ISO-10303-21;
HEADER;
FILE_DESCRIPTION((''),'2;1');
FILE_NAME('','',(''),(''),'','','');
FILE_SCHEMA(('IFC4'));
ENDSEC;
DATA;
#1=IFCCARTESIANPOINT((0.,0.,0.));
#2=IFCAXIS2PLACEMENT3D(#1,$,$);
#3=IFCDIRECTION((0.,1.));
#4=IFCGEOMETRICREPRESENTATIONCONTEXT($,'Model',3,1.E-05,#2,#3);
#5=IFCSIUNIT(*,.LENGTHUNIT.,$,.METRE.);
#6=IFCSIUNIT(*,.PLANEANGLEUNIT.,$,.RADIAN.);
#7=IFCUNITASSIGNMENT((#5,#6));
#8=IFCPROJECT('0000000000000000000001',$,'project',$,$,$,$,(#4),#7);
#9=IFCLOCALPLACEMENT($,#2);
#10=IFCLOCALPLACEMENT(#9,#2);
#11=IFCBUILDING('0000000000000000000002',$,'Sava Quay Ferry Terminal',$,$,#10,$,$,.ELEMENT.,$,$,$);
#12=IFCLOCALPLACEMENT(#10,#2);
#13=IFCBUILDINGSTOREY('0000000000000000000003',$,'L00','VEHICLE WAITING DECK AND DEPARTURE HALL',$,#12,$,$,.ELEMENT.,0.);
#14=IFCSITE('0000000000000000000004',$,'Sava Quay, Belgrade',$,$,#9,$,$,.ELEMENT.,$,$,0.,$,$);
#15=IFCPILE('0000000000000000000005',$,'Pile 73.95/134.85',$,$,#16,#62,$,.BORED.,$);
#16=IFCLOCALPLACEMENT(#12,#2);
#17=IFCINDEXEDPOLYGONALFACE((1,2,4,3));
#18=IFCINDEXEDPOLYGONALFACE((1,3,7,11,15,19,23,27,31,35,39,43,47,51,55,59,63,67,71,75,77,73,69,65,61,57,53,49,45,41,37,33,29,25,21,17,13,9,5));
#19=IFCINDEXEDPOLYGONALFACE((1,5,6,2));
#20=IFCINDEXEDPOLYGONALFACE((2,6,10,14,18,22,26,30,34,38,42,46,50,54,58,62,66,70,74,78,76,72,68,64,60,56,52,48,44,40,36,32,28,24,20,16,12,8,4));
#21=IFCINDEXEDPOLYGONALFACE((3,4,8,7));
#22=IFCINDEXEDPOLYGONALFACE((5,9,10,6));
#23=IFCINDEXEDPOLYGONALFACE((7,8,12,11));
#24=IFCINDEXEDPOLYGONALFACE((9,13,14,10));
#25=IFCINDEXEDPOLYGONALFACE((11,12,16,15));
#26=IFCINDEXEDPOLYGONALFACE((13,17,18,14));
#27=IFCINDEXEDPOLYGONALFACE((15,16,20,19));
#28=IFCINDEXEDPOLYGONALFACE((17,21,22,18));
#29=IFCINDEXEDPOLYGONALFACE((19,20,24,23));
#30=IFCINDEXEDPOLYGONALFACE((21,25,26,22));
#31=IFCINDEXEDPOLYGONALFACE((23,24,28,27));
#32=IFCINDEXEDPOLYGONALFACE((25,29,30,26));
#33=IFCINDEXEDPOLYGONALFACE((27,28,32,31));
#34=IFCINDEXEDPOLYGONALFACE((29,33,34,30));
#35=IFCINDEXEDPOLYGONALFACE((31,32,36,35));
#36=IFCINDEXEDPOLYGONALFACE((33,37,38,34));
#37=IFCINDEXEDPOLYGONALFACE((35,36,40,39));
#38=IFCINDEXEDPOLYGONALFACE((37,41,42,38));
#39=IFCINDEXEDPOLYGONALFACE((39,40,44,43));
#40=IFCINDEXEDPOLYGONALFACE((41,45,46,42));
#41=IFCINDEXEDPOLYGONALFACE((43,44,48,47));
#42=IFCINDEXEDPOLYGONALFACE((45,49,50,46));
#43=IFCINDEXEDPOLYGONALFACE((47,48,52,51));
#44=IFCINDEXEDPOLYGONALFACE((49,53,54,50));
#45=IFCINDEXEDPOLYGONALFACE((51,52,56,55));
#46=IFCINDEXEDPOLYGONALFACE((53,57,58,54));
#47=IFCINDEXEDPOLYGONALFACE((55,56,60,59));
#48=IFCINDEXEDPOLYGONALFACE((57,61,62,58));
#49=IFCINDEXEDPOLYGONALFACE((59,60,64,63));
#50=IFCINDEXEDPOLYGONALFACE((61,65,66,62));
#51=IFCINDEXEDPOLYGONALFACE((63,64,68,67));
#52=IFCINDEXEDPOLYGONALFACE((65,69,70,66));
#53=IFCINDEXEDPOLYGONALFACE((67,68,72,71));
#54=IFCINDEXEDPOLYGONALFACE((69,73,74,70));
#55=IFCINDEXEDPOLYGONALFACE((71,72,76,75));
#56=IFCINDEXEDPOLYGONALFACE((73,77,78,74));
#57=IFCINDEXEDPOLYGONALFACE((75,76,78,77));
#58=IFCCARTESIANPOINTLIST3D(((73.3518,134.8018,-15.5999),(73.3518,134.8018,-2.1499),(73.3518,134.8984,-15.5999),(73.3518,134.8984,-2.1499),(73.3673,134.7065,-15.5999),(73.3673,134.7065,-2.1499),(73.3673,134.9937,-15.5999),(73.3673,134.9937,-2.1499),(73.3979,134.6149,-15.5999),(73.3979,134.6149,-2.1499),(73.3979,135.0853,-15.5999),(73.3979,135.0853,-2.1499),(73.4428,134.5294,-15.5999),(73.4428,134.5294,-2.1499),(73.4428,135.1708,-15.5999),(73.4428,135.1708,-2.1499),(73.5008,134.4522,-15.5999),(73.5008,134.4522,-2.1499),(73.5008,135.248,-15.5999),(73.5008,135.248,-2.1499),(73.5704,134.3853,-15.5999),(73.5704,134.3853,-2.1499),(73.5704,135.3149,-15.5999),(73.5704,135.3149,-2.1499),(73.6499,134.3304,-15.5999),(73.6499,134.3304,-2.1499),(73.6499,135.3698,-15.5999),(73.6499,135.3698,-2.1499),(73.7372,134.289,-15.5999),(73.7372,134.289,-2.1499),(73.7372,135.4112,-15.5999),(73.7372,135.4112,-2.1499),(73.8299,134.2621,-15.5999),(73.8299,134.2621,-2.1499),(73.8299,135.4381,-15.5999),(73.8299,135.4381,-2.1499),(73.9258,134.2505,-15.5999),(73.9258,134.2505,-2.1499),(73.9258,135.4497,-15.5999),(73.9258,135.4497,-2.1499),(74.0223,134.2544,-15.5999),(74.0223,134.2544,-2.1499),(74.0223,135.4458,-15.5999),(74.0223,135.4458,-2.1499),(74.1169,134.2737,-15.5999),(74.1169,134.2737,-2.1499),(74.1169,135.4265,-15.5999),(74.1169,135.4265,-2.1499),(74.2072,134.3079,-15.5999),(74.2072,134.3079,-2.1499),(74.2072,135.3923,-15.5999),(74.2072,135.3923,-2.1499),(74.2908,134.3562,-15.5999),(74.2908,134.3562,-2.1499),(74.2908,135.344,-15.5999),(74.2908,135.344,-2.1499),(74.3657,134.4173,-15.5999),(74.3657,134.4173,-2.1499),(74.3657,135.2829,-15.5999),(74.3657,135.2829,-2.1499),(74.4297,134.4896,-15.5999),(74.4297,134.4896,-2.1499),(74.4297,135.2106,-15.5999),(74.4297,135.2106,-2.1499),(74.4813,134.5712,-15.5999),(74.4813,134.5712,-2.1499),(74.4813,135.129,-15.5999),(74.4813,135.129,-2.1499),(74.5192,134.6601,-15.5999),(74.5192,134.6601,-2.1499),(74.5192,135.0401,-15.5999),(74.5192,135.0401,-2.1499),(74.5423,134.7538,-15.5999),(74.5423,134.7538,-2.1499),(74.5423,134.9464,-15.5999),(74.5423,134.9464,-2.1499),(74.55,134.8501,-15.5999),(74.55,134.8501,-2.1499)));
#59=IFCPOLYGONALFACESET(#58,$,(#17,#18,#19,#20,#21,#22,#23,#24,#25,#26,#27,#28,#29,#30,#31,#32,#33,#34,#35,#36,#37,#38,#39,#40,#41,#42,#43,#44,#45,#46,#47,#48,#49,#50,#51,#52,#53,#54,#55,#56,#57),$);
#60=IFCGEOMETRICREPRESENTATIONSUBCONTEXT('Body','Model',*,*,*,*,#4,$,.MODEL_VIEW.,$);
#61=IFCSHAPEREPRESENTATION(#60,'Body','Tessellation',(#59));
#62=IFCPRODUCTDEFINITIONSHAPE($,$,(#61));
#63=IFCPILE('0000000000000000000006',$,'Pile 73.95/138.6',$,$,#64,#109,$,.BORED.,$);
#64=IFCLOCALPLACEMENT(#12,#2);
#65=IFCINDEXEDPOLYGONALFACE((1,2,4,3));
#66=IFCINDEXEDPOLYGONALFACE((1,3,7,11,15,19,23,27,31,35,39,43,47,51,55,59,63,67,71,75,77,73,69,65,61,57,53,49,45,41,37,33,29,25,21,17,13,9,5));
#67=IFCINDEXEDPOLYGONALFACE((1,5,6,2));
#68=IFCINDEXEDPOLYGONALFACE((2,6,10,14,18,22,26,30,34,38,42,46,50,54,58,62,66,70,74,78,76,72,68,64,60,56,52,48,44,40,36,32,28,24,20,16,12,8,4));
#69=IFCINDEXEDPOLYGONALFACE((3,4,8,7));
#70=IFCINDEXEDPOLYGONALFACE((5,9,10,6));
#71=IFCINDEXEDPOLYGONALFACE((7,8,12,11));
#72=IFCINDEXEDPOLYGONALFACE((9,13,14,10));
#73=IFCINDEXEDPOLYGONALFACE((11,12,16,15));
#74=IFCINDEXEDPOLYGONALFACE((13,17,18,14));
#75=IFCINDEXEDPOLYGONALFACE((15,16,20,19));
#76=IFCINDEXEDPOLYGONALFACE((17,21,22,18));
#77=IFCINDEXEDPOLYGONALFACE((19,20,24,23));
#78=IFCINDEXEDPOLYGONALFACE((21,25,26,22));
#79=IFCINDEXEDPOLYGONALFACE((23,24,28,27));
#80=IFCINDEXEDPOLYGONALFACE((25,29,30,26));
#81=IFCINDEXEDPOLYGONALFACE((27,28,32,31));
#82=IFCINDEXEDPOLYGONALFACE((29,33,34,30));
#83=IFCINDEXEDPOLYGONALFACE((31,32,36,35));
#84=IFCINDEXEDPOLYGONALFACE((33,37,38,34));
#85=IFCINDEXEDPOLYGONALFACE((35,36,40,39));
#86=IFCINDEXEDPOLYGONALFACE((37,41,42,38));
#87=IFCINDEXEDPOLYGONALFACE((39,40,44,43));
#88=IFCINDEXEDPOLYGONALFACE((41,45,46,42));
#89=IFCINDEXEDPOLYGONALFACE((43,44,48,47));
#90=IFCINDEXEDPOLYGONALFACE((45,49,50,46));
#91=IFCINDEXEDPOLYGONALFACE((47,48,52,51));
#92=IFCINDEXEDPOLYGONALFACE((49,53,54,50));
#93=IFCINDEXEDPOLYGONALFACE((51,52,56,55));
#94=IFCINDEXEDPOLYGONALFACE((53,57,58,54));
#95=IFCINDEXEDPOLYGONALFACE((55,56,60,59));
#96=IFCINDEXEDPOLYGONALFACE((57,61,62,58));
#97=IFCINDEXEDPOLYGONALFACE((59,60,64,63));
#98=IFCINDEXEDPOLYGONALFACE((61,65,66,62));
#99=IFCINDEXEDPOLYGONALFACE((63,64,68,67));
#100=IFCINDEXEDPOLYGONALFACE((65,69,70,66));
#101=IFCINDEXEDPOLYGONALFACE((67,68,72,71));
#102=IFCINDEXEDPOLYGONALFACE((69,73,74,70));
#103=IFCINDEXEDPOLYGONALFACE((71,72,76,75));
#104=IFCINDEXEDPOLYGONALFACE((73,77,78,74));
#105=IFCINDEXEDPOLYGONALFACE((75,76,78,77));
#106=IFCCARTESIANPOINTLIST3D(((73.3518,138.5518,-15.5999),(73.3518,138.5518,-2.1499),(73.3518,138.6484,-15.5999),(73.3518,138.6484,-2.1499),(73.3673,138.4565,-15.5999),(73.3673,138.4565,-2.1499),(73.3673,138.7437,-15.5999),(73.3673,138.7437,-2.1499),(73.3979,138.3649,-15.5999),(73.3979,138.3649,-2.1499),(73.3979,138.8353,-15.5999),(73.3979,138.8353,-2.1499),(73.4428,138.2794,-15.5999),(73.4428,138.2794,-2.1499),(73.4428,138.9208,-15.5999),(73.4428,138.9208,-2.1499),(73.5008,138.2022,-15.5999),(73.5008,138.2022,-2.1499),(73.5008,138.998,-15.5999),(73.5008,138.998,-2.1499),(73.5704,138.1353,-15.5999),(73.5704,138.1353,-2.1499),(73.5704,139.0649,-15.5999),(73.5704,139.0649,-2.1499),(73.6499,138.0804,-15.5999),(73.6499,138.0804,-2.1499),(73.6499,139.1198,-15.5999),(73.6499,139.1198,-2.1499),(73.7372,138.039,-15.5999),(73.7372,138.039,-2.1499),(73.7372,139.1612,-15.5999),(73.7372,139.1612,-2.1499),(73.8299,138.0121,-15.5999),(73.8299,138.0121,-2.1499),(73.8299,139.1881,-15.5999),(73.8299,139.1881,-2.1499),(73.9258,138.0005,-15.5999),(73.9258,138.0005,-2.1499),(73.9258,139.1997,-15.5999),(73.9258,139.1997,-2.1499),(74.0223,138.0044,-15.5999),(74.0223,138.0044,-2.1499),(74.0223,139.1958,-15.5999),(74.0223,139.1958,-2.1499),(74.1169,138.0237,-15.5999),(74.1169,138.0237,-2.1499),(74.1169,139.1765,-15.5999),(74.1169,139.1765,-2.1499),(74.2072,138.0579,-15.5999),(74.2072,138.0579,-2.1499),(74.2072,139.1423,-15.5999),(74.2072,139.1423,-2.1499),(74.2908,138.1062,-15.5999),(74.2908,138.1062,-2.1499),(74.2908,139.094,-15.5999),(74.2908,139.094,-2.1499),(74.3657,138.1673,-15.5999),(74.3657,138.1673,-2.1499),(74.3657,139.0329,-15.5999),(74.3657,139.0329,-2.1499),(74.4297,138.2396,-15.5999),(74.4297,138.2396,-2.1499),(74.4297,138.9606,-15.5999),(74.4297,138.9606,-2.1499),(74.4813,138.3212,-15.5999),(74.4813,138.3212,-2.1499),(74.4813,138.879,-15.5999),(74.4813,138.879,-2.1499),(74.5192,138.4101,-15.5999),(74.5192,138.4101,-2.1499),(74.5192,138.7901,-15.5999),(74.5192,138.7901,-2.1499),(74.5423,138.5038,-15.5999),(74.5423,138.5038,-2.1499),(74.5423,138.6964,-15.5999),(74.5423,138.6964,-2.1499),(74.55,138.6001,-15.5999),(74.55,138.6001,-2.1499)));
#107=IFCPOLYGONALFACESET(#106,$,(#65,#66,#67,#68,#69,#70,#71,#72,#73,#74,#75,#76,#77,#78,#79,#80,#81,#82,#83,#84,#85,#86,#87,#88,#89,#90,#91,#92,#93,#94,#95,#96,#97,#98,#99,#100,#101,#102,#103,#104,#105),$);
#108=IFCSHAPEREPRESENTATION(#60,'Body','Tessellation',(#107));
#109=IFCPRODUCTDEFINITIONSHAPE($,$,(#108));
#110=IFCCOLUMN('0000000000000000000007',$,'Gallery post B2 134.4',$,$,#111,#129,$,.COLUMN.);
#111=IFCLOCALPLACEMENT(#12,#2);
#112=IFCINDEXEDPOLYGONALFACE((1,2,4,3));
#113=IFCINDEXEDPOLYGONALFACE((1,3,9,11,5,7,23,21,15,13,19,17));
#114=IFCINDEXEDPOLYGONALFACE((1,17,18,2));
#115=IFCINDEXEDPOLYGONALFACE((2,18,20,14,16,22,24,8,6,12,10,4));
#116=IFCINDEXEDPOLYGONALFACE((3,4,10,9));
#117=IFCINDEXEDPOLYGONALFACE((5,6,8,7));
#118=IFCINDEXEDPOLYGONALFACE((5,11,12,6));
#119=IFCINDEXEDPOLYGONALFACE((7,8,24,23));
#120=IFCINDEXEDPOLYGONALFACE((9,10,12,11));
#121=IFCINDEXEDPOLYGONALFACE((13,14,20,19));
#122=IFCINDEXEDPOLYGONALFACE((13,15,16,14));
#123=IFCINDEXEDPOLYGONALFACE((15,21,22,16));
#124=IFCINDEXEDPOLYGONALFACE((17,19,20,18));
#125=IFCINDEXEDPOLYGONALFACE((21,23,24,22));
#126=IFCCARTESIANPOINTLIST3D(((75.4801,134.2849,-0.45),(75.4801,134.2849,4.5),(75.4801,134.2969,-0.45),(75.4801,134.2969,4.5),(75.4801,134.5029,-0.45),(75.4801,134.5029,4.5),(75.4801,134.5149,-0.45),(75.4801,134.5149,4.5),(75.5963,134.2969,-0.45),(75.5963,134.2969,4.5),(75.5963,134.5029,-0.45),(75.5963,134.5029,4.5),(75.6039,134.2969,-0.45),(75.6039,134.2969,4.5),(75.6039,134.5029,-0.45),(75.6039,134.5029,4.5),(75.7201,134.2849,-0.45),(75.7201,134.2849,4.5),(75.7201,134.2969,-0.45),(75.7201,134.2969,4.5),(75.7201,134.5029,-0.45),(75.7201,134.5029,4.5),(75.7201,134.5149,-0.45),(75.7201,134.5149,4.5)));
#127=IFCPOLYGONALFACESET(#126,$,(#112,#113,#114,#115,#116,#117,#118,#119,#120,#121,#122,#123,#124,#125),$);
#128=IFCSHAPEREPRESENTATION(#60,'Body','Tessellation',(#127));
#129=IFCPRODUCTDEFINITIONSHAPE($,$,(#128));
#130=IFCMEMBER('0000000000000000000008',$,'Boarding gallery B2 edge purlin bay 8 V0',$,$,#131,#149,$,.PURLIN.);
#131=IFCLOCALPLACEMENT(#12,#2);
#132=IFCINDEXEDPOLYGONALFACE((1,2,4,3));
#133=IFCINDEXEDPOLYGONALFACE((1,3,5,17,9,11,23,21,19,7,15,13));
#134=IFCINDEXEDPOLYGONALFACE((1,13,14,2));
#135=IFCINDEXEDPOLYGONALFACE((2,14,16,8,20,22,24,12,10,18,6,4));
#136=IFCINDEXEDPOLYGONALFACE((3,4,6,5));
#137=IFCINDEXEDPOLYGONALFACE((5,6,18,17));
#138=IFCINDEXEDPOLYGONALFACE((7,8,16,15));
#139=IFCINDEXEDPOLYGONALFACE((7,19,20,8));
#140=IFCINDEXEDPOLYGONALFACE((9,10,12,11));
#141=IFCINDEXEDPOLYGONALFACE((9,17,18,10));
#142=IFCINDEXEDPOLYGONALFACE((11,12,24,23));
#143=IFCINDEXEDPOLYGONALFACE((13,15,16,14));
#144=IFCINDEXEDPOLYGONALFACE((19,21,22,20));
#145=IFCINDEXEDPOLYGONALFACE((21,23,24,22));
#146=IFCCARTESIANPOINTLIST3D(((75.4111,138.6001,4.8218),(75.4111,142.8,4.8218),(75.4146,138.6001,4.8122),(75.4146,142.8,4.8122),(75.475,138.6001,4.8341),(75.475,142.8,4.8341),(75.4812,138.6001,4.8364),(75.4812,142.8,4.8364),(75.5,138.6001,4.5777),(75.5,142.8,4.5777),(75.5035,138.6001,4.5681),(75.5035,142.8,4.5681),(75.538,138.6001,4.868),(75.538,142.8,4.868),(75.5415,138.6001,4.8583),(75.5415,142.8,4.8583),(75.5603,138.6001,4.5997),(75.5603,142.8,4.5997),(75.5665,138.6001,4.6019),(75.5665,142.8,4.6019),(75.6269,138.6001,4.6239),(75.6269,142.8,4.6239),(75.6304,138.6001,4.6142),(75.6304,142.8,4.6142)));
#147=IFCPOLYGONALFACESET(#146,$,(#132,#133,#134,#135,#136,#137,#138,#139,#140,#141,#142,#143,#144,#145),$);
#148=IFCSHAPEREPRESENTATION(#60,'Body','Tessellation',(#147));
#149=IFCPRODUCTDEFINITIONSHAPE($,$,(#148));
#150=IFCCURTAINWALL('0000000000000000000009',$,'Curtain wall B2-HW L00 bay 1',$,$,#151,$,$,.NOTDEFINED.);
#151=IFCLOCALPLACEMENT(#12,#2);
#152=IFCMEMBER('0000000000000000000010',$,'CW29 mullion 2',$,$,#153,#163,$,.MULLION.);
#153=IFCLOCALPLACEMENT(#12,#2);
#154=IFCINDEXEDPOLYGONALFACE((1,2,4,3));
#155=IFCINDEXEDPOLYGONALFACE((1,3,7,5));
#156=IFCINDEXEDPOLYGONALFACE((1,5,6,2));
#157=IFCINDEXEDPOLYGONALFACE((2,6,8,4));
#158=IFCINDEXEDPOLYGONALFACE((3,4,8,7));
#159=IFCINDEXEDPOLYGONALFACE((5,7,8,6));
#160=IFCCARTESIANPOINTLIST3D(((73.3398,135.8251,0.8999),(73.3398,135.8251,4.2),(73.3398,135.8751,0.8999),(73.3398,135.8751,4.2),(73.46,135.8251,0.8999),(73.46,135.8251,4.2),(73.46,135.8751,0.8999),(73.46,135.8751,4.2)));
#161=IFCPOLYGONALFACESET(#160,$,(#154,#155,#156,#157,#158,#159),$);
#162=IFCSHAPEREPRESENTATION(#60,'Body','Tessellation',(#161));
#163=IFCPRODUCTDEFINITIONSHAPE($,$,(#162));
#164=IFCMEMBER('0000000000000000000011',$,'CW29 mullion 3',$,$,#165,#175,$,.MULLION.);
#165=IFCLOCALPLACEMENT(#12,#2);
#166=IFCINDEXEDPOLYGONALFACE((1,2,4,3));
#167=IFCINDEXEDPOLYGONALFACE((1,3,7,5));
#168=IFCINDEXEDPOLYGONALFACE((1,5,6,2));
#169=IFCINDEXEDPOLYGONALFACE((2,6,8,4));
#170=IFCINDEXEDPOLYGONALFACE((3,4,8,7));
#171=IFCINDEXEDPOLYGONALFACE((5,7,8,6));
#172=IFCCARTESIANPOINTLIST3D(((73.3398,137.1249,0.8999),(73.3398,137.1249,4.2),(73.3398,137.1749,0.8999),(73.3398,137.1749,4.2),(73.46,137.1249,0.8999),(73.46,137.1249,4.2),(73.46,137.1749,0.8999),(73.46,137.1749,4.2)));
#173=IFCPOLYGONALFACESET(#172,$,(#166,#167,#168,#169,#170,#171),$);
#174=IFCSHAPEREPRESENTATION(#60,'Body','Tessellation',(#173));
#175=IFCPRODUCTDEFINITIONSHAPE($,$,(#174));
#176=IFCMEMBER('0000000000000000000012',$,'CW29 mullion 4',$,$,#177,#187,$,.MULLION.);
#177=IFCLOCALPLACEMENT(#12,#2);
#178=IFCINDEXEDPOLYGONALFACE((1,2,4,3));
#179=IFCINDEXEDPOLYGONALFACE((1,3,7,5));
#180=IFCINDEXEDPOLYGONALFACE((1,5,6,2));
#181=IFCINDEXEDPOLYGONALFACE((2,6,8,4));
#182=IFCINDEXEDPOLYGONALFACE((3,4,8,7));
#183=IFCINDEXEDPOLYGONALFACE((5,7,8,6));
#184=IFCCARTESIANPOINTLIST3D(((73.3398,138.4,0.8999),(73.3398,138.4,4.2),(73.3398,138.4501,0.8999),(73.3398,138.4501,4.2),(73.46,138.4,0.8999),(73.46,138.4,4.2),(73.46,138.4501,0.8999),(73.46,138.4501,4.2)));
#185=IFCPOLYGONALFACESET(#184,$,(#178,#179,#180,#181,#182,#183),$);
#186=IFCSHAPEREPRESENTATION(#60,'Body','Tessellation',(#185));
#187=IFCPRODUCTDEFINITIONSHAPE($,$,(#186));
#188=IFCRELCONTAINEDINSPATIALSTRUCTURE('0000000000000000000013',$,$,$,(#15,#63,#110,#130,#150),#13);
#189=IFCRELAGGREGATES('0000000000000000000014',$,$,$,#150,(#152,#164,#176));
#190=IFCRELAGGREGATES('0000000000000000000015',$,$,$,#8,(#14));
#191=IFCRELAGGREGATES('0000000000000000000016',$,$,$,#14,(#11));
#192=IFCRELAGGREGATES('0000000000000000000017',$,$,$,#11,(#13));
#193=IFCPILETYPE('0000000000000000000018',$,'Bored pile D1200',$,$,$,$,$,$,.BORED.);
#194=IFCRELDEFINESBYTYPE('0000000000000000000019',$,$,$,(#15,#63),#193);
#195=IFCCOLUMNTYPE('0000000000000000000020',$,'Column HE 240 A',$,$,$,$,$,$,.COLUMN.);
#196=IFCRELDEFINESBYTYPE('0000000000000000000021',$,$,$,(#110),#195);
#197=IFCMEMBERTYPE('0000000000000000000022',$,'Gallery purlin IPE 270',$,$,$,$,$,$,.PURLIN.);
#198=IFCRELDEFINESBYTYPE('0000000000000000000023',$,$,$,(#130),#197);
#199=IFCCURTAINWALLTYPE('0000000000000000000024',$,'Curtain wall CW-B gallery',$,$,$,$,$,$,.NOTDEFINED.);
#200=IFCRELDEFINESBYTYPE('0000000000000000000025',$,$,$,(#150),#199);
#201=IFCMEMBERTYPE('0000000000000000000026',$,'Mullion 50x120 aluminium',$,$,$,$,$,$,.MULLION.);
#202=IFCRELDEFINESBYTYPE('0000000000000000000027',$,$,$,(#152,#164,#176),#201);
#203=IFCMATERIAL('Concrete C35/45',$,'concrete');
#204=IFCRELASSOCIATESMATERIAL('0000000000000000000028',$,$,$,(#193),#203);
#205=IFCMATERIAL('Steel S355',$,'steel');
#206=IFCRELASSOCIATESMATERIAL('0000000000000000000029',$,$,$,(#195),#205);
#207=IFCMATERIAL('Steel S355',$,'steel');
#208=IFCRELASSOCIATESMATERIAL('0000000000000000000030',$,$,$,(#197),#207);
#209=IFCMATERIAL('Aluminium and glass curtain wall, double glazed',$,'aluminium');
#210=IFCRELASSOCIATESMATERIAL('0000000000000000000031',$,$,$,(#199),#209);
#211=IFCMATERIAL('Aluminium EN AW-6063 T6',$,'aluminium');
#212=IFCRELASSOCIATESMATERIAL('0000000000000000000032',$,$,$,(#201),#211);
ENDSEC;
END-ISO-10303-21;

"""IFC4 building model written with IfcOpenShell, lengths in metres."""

from ifc_helpers import new_model, si_unit, direction, frame, origin, origin_2d, place, context, subcontext, project, spatial, rectangle, circle, i_section, extrude, material, material_profile, profile_set, type_object, element, aggregate, save


model = new_model("IFC4")

# Units and contexts
model_context = context("Model", 3, precision=1e-05, world=origin(), true_north=direction((0.0, 1.0)))
body_context = subcontext(model_context, "Body", "Model", "MODEL_VIEW")
ifc_project = project(units=[si_unit("LENGTHUNIT", "METRE"), si_unit("PLANEANGLEUNIT", "RADIAN")], contexts=[model_context])

# Site, building, storey
site_placement = place(None, origin())
site = spatial("IfcSite", under=ifc_project, at=site_placement, Name="Sava Quay, Belgrade", CompositionType="ELEMENT", RefElevation=0.0)
building_placement = place(site_placement, origin())
building = spatial("IfcBuilding", under=site, at=building_placement, Name="Sava Quay Ferry Terminal", CompositionType="ELEMENT")
storey_placement = place(building_placement, origin())
storey = spatial("IfcBuildingStorey", under=building, at=storey_placement, Name="L00", Description="VEHICLE WAITING DECK AND DEPARTURE HALL", CompositionType="ELEMENT", Elevation=0.0)

# Piles
ifc_material_1 = material(Name="Concrete C35/45", Category="concrete")
ifc_material_profile_1 = material_profile(ifc_material_1, circle(Radius=0.6001, at=origin_2d()), Name="Bored pile D1200")
ifc_profile_set_1 = profile_set([ifc_material_profile_1], Name="Concrete C35/45")
pile_type = type_object("IfcPileType", Name="Bored pile D1200", PredefinedType="BORED", material=ifc_profile_set_1)
for number, where, z_axis, x_axis, name in (
    (1, (73.95, 134.8501, -2.1499), (0.0, 0.0, -1.0), (1.0, 0.0, 0.0), "Pile 73.95/134.85"),
    (2, (73.95, 138.6001, -2.1499), (0.0, 0.0, -1.0), (1.0, 0.0, 0.0), "Pile 73.95/138.6"),
):
    element("IfcPile", number, at=place(storey_placement, frame(where, z_axis=z_axis, x_axis=x_axis)), inside=storey, type_object=pile_type, Name=name, PredefinedType="BORED", context=body_context, shape_type="SweptSolid", body=[
        extrude(circle(Radius=0.6001, at=origin_2d()), origin(), (0.0, 0.0, 1.0), 13.45),
    ])

# Column
ifc_material_2 = material(Name="Steel S355", Category="steel")
ifc_material_profile_2 = material_profile(ifc_material_2, i_section(OverallWidth=0.24, OverallDepth=0.23, WebThickness=0.0076, FlangeThickness=0.012, at=origin_2d()), Name="HE 240 A")
ifc_profile_set_2 = profile_set([ifc_material_profile_2], Name="Steel S355")
column_type = type_object("IfcColumnType", Name="Column HE 240 A", PredefinedType="COLUMN", material=ifc_profile_set_2)
column_placement = place(storey_placement, frame((75.6001, 134.3999, -0.45), z_axis=(0.0, 0.0, 1.0), x_axis=(1.0, 0.0, 0.0)))
element("IfcColumn", 3, at=column_placement, inside=storey, type_object=column_type, Name="Gallery post B2 134.4", PredefinedType="COLUMN", context=body_context, shape_type="SweptSolid", body=[
    extrude(i_section(OverallWidth=0.24, OverallDepth=0.23, WebThickness=0.0076, FlangeThickness=0.012, at=origin_2d()), origin(), (0.0, 0.0, 1.0), 4.95),
])

# Member
ifc_material_3 = material(Name="Steel S355", Category="steel")
ifc_material_profile_3 = material_profile(ifc_material_3, i_section(OverallWidth=0.135, OverallDepth=0.27, WebThickness=0.0066, FlangeThickness=0.0103, at=origin_2d()), Name="IPE 270")
ifc_profile_set_3 = profile_set([ifc_material_profile_3], Name="Steel S355")
member_type_1 = type_object("IfcMemberType", Name="Gallery purlin IPE 270", PredefinedType="PURLIN", material=ifc_profile_set_3)
member_1_placement = place(storey_placement, frame((75.5208, 138.6001, 4.718), z_axis=(0.0, 1.0, 0.0), x_axis=(-0.939693, 0.0, -0.34202)))
element("IfcMember", 4, at=member_1_placement, inside=storey, type_object=member_type_1, Name="Boarding gallery B2 edge purlin bay 8 V0", PredefinedType="PURLIN", context=body_context, shape_type="SweptSolid", body=[
    extrude(i_section(OverallWidth=0.135, OverallDepth=0.27, WebThickness=0.0066, FlangeThickness=0.0103, at=origin_2d()), origin(), (0.0, 0.0, 1.0), 4.2),
])

# Curtain wall, members
ifc_material_4 = material(Name="Aluminium and glass curtain wall, double glazed", Category="aluminium")
curtain_wall_type = type_object("IfcCurtainWallType", Name="Curtain wall CW-B gallery", PredefinedType="NOTDEFINED", material=ifc_material_4)
curtain_wall_1_placement = place(storey_placement, origin())
curtain_wall_1 = element("IfcCurtainWall", 5, at=curtain_wall_1_placement, inside=storey, type_object=curtain_wall_type, Name="Curtain wall B2-HW L00 bay 1", PredefinedType="NOTDEFINED")
ifc_material_5 = material(Name="Aluminium EN AW-6063 T6", Category="aluminium")
ifc_material_profile_4 = material_profile(ifc_material_5, rectangle(XDim=0.1201, YDim=0.05, at=origin_2d()), Name="Mullion 50x120 aluminium")
ifc_profile_set_4 = profile_set([ifc_material_profile_4], Name="Aluminium EN AW-6063 T6")
member_type_2 = type_object("IfcMemberType", Name="Mullion 50x120 aluminium", PredefinedType="MULLION", material=ifc_profile_set_4)
member_2_placement = place(storey_placement, frame((73.3999, 135.8501, 0.8999), z_axis=(0.0, 0.0, 1.0), x_axis=(-1.0, 0.0, 0.0)))
member_2 = element("IfcMember", 6, at=member_2_placement, type_object=member_type_2, Name="CW29 mullion 2", PredefinedType="MULLION", context=body_context, shape_type="SweptSolid", body=[
    extrude(rectangle(XDim=0.1201, YDim=0.05, at=origin_2d()), origin(), (0.0, 0.0, 1.0), 3.3),
])
member_3_placement = place(storey_placement, frame((73.3999, 137.1499, 0.8999), z_axis=(0.0, 0.0, 1.0), x_axis=(-1.0, 0.0, 0.0)))
member_3 = element("IfcMember", 7, at=member_3_placement, type_object=member_type_2, Name="CW29 mullion 3", PredefinedType="MULLION", context=body_context, shape_type="SweptSolid", body=[
    extrude(rectangle(XDim=0.1201, YDim=0.05, at=origin_2d()), origin(), (0.0, 0.0, 1.0), 3.3),
])
member_4_placement = place(storey_placement, frame((73.3999, 138.425, 0.8999), z_axis=(0.0, 0.0, 1.0), x_axis=(-1.0, 0.0, 0.0)))
member_4 = element("IfcMember", 8, at=member_4_placement, type_object=member_type_2, Name="CW29 mullion 4", PredefinedType="MULLION", context=body_context, shape_type="SweptSolid", body=[
    extrude(rectangle(XDim=0.1201, YDim=0.05, at=origin_2d()), origin(), (0.0, 0.0, 1.0), 3.3),
])

aggregate(curtain_wall_1, [member_2, member_3, member_4])

save(model, "model.ifc")
